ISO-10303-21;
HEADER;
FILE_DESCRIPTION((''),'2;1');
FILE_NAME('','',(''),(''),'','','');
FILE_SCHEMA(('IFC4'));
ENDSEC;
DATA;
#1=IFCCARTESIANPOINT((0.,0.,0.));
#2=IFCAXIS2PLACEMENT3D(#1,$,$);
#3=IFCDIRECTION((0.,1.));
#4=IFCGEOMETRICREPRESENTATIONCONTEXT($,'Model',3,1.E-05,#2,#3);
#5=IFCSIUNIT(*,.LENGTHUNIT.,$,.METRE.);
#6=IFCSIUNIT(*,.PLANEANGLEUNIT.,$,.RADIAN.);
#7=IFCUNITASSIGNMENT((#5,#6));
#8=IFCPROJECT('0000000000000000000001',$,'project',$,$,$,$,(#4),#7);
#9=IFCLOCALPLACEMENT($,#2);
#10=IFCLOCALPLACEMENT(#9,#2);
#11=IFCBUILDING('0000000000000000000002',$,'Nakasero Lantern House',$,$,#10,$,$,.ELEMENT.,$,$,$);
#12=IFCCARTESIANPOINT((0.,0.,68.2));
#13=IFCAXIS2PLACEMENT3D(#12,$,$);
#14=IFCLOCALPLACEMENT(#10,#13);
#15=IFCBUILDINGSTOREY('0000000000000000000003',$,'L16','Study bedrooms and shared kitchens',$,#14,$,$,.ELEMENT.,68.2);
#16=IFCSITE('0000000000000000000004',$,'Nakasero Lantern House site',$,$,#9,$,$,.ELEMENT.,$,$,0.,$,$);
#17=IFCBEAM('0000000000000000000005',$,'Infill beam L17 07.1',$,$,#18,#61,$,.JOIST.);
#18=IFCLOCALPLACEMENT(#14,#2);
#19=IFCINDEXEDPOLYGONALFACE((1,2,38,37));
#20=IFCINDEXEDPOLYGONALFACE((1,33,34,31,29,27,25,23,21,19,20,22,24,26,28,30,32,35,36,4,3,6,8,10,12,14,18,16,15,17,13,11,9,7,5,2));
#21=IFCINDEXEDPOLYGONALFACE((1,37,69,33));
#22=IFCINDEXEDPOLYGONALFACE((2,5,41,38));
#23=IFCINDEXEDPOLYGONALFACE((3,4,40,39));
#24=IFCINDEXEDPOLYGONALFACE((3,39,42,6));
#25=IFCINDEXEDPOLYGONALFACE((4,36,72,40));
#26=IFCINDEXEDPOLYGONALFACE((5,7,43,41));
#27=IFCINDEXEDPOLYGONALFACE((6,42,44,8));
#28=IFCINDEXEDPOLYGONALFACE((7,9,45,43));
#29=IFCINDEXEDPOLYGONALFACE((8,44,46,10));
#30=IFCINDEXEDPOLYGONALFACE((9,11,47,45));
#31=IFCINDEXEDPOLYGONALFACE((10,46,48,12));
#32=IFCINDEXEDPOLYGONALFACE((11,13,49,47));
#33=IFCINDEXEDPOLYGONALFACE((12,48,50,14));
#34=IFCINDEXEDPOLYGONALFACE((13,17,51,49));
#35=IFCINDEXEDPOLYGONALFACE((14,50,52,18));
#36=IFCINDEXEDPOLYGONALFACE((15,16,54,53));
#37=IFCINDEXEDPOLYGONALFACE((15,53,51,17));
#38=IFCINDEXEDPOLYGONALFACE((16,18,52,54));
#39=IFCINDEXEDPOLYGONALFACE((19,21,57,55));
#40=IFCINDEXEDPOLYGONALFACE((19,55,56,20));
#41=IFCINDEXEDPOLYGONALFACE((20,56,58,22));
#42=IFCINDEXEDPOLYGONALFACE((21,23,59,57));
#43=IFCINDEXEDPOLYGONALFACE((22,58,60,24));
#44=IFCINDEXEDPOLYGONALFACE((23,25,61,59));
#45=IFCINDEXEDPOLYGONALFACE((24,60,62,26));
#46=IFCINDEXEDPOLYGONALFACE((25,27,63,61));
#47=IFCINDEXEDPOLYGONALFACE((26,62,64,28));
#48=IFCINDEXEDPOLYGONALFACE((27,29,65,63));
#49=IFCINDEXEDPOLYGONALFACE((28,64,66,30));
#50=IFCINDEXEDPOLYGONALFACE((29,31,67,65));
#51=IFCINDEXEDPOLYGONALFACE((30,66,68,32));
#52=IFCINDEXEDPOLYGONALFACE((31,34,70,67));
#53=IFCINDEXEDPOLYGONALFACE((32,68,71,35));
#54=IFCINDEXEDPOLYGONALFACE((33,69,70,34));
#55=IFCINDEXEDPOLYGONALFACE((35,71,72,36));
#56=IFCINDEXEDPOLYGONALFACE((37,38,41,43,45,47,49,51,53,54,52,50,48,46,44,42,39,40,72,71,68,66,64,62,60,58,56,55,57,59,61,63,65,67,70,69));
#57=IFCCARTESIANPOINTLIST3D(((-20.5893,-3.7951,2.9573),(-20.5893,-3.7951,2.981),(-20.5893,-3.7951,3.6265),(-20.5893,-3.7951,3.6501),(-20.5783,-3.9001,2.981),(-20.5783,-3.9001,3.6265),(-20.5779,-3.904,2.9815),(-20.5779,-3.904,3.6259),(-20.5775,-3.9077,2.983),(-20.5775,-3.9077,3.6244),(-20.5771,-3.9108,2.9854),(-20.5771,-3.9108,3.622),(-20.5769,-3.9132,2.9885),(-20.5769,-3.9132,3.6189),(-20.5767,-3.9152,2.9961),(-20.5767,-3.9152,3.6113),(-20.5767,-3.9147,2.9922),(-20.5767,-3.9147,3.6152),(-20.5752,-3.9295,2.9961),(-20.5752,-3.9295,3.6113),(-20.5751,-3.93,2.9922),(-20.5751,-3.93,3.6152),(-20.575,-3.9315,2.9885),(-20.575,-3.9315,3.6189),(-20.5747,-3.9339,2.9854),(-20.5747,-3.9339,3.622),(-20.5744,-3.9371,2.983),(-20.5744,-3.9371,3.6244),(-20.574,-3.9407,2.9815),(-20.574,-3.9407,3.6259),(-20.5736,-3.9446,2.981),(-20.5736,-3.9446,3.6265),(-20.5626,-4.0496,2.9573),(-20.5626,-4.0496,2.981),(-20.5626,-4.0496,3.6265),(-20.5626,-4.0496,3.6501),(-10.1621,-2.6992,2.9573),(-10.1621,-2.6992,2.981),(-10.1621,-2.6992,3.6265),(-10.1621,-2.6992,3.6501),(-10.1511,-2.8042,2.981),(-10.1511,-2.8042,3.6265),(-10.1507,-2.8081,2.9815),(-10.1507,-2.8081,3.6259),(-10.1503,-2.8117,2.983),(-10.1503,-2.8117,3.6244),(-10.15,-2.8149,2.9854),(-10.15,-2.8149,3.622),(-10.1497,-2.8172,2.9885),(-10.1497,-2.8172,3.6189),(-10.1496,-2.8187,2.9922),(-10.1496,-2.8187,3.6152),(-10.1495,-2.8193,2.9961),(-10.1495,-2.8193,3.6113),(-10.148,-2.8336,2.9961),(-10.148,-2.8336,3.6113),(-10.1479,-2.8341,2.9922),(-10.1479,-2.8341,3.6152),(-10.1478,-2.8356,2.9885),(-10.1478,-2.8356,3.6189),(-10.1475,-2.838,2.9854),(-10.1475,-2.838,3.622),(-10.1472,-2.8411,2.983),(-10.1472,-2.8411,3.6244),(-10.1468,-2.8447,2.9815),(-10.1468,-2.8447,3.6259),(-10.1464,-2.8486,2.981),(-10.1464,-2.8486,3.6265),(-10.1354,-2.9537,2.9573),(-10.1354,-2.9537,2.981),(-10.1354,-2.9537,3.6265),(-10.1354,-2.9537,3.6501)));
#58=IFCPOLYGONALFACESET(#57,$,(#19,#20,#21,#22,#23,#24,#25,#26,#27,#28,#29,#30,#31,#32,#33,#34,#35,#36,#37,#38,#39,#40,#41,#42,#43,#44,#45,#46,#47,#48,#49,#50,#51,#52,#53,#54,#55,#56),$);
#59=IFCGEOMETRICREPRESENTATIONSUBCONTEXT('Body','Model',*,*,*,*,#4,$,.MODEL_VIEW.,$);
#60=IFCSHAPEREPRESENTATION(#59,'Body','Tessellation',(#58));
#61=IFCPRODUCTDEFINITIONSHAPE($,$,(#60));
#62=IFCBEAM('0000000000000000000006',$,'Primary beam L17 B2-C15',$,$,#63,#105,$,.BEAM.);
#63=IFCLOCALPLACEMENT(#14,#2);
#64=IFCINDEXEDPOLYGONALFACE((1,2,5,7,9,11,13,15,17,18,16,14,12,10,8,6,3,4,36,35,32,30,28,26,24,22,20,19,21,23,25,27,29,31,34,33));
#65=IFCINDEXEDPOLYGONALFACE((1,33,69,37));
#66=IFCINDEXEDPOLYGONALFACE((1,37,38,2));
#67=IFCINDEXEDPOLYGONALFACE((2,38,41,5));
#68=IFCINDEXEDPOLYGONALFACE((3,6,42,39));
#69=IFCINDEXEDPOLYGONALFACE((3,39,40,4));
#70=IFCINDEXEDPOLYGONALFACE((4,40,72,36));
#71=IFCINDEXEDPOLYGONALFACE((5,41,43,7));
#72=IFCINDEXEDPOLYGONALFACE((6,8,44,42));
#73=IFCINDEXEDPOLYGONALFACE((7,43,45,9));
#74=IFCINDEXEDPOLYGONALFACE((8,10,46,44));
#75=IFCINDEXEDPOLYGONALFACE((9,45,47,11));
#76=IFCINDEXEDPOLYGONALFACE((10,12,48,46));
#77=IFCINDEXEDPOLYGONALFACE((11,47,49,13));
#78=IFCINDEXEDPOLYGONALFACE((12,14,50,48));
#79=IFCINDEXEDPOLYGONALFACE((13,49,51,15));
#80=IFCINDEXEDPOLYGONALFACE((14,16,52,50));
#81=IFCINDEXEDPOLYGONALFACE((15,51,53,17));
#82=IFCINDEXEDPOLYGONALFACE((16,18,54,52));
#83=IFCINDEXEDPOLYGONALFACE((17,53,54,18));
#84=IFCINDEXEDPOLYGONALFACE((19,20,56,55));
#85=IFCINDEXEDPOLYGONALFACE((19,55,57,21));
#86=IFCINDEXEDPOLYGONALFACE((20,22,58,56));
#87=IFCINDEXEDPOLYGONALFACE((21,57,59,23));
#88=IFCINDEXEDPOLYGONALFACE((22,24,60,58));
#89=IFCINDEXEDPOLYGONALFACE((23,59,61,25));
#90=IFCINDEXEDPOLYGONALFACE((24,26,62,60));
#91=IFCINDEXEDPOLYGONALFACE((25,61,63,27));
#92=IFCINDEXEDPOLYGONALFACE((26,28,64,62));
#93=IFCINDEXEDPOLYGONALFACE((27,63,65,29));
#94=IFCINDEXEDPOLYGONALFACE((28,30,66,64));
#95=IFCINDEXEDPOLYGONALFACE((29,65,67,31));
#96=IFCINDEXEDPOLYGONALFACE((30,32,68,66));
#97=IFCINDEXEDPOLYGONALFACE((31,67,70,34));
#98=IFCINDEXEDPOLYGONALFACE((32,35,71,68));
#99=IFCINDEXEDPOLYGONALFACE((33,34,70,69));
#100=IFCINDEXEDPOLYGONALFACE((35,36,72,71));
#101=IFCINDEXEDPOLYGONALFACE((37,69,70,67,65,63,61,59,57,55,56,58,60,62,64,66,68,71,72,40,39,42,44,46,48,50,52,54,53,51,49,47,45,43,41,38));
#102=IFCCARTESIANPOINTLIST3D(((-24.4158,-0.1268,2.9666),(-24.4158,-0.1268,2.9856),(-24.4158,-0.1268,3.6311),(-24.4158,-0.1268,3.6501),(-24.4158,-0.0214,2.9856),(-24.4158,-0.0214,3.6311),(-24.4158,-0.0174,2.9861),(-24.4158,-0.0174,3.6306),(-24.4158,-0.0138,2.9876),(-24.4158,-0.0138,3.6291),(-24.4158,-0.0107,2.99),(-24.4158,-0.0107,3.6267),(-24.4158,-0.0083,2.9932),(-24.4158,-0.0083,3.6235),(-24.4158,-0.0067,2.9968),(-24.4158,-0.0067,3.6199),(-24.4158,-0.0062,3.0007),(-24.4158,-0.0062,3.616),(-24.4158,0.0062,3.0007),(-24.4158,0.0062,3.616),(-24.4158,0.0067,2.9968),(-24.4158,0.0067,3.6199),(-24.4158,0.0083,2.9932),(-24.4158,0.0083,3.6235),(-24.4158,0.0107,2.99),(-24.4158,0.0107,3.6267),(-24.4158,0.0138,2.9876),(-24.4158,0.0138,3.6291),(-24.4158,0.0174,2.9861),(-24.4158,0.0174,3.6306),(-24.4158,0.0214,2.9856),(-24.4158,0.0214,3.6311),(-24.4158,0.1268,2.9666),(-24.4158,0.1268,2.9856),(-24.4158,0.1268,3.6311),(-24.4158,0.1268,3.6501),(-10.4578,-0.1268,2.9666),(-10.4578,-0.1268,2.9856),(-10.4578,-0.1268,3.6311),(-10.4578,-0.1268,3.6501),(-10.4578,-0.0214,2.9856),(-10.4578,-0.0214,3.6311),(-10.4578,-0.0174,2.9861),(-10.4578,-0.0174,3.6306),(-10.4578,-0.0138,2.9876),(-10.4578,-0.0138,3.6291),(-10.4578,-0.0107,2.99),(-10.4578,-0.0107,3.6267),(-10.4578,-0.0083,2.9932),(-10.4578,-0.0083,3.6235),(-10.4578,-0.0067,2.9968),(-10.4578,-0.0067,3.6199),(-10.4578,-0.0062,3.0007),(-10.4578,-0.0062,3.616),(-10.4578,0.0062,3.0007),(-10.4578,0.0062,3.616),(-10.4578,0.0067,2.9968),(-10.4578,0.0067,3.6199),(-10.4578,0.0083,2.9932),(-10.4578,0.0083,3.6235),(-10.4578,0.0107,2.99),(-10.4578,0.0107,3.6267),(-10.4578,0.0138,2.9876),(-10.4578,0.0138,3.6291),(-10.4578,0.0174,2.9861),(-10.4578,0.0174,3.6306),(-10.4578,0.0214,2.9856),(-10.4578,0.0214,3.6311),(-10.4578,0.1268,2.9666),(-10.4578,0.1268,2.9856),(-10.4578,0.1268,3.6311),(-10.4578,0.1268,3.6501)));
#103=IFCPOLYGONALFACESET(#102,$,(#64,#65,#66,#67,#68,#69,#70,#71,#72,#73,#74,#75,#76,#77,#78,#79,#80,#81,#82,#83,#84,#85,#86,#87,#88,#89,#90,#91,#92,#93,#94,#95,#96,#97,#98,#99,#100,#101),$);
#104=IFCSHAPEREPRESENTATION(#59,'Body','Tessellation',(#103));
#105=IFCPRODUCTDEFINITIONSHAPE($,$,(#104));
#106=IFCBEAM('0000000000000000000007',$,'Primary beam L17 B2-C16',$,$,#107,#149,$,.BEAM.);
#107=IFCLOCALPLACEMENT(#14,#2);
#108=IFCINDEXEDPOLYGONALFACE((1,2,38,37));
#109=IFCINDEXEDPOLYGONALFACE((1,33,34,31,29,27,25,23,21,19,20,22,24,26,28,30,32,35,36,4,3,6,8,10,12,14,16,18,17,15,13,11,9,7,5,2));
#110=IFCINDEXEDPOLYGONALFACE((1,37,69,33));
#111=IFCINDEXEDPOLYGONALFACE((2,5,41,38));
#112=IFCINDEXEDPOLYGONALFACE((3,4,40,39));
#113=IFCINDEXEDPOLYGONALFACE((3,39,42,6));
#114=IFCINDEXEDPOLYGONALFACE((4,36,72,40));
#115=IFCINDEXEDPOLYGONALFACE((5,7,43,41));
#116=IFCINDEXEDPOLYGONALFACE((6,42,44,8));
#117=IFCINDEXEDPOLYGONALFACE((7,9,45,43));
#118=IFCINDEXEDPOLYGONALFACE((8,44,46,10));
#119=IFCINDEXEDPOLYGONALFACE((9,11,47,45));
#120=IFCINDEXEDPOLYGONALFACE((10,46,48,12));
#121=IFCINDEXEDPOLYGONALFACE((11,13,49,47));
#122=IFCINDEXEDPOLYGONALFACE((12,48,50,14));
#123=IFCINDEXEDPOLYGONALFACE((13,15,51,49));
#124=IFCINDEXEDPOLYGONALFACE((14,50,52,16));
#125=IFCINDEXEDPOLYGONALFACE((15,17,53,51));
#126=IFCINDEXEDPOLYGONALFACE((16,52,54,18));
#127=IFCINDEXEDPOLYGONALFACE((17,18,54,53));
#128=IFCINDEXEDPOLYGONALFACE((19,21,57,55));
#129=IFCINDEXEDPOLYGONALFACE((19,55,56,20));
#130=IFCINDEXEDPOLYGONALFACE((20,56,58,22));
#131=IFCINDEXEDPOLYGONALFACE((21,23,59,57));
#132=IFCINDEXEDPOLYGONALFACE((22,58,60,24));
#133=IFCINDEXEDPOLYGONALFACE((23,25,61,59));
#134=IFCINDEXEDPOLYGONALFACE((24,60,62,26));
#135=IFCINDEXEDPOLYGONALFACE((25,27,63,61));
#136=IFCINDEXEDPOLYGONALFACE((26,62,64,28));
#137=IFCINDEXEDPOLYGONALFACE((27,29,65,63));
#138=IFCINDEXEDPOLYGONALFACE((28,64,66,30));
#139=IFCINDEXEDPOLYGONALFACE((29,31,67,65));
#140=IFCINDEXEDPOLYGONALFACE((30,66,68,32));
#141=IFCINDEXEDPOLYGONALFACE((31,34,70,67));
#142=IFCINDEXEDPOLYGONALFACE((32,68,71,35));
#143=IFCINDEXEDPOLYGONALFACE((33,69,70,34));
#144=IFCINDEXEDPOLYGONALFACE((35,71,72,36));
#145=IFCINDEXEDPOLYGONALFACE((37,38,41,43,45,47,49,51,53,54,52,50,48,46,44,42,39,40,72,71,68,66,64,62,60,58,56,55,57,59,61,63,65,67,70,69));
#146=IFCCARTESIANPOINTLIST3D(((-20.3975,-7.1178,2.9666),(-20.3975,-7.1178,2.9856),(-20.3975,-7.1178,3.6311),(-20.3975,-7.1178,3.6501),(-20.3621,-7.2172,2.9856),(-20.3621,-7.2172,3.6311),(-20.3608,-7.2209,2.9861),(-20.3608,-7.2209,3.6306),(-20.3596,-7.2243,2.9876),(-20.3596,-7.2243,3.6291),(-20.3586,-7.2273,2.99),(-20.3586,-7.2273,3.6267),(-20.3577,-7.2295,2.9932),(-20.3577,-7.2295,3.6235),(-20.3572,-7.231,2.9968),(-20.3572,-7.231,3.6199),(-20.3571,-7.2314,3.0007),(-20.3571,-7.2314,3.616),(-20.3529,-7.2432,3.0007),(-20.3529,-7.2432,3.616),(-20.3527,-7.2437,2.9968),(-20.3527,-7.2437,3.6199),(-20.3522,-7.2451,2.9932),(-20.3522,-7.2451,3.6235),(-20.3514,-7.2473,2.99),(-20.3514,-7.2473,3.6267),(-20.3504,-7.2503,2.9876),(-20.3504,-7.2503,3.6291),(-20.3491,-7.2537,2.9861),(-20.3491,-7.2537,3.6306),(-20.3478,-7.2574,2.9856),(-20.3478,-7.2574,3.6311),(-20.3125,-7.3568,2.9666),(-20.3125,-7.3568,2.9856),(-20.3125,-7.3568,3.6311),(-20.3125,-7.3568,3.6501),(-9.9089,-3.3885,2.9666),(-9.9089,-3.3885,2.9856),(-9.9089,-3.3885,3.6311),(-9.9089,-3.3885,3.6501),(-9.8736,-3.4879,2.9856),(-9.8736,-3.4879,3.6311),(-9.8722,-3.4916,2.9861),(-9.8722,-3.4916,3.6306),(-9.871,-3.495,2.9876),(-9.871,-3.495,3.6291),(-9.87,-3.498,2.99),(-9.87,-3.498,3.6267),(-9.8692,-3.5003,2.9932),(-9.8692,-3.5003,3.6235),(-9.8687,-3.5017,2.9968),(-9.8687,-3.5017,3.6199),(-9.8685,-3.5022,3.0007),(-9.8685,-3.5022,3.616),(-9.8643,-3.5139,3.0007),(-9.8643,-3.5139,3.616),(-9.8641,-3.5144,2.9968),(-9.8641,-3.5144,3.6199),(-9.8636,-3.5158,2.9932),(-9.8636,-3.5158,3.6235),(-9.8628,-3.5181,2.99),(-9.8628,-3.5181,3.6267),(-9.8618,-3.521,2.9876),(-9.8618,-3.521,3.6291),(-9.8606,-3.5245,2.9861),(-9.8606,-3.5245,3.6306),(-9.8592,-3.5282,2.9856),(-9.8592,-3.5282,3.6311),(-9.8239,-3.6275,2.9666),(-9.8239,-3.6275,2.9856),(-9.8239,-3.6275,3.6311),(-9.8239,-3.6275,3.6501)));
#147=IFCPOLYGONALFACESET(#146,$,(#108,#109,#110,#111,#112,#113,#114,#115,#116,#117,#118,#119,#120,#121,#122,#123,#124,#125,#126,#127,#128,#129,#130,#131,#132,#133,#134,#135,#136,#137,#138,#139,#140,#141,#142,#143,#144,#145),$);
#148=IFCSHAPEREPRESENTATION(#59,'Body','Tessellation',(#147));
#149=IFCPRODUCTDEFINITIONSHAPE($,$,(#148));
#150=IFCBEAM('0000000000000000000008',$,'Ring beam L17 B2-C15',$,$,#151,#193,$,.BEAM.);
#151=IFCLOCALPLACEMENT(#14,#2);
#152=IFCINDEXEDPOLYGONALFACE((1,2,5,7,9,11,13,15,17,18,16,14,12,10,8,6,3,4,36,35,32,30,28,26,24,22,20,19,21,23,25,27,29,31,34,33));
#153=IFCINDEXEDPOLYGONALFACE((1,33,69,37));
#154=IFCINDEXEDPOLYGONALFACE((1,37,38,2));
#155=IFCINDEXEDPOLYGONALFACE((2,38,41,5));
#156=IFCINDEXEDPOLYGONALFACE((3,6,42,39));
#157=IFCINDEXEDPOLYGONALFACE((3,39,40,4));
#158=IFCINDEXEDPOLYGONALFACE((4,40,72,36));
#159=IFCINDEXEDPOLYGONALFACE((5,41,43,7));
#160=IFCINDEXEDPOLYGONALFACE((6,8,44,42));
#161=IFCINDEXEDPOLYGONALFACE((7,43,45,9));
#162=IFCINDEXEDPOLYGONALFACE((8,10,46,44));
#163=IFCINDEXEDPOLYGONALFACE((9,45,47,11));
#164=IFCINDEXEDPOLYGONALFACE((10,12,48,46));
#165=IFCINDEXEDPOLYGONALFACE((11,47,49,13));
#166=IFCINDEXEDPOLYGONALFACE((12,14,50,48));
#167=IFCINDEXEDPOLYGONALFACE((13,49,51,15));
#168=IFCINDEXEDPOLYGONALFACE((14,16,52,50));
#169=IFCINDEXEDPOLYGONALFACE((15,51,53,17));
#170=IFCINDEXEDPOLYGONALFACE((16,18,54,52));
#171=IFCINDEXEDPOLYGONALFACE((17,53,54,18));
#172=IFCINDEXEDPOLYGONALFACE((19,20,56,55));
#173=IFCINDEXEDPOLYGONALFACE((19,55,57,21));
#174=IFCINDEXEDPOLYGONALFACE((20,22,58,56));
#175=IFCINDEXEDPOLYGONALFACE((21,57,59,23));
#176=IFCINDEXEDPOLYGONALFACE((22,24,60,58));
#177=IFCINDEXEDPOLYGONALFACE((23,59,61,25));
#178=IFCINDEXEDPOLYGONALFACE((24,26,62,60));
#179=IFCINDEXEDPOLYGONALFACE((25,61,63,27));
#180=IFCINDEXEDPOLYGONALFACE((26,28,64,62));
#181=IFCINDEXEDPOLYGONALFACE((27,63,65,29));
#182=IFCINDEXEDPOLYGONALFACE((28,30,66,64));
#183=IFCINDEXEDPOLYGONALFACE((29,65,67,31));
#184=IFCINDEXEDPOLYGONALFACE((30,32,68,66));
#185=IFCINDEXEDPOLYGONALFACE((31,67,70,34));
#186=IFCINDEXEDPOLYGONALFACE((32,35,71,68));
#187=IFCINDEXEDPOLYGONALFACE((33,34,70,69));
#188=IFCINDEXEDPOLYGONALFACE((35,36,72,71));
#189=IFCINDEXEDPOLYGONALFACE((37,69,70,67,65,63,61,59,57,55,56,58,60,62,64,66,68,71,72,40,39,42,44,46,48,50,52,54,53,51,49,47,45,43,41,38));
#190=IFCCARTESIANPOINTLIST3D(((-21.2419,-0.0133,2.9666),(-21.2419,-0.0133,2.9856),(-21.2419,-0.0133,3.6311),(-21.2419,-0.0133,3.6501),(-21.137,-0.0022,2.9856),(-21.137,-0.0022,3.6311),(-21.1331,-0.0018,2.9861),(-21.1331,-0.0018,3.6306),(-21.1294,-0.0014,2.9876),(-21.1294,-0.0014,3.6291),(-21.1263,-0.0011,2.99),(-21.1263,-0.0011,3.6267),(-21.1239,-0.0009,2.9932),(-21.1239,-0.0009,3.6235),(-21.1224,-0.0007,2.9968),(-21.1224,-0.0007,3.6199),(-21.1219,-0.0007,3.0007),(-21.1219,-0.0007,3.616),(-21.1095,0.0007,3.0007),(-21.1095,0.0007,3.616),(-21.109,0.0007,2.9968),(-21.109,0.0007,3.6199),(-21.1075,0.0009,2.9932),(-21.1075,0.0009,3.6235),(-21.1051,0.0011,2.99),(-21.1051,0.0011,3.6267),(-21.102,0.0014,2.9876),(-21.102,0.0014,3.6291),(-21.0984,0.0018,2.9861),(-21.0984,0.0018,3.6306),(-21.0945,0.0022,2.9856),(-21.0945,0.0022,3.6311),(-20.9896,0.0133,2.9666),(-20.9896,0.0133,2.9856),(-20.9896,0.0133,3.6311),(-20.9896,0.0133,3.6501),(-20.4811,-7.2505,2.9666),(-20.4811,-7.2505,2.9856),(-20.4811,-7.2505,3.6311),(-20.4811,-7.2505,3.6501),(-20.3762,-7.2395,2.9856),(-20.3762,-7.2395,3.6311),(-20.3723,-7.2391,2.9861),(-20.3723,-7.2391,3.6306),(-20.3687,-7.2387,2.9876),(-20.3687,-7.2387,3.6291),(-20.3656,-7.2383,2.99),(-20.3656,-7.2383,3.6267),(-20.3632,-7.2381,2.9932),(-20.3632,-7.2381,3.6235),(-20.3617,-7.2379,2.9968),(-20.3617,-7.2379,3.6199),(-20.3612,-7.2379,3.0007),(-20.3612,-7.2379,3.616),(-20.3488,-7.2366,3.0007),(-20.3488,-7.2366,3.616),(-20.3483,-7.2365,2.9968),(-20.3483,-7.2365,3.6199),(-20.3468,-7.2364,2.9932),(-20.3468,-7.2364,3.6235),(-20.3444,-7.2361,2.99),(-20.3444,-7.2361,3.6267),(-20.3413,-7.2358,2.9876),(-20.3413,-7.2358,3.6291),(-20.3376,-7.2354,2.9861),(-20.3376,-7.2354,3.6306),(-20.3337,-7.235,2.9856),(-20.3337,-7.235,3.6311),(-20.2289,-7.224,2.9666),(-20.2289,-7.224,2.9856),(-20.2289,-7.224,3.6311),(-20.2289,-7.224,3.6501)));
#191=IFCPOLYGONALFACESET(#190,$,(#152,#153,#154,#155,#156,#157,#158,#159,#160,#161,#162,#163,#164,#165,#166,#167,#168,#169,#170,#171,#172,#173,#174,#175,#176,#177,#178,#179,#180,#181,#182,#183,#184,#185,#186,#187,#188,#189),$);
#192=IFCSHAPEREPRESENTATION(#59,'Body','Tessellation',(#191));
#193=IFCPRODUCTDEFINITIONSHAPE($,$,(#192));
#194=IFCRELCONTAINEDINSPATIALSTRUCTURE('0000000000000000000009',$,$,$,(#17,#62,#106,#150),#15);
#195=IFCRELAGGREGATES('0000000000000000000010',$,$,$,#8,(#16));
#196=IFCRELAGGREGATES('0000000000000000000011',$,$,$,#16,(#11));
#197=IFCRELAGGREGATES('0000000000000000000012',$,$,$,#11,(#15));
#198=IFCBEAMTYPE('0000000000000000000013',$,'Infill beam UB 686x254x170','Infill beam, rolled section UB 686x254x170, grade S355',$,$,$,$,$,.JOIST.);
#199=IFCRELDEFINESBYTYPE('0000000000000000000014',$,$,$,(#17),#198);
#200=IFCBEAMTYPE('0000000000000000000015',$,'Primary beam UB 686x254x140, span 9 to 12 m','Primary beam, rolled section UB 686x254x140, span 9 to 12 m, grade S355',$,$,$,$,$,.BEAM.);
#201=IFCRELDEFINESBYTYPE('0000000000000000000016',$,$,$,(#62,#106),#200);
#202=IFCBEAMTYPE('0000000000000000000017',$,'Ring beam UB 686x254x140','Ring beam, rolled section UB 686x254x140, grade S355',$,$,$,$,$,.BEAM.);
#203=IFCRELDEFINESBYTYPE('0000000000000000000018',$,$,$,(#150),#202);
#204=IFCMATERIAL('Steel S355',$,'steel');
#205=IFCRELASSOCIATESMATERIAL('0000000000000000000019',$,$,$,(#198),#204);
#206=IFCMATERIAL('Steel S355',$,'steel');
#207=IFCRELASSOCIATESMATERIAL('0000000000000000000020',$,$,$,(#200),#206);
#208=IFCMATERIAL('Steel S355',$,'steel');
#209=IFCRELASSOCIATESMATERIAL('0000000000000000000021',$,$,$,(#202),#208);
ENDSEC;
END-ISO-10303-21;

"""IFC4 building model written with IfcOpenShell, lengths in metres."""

from ifc_helpers import new_model, si_unit, direction, frame, origin, origin_2d, place, context, subcontext, project, spatial, i_section, extrude, material, material_profile, profile_set, type_object, element, save


model = new_model("IFC4")

# Units and contexts
model_context = context("Model", 3, precision=1e-05, world=origin(), true_north=direction((0.0, 1.0)))
body_context = subcontext(model_context, "Body", "Model", "MODEL_VIEW")
ifc_project = project(units=[si_unit("LENGTHUNIT", "METRE"), si_unit("PLANEANGLEUNIT", "RADIAN")], contexts=[model_context])

# Site, building, storey
site_placement = place(None, origin())
site = spatial("IfcSite", under=ifc_project, at=site_placement, Name="Nakasero Lantern House site", CompositionType="ELEMENT", RefElevation=0.0)
building_placement = place(site_placement, origin())
building = spatial("IfcBuilding", under=site, at=building_placement, Name="Nakasero Lantern House", CompositionType="ELEMENT")
storey_placement = place(building_placement, frame((0.0, 0.0, 68.2)))
storey = spatial("IfcBuildingStorey", under=building, at=storey_placement, Name="L16", Description="Study bedrooms and shared kitchens", CompositionType="ELEMENT", Elevation=68.2)

# Beams
ifc_material_1 = material(Name="Steel S355", Category="steel")
ifc_material_profile_1 = material_profile(ifc_material_1, i_section(OverallWidth=0.2559, OverallDepth=0.6929, WebThickness=0.0144, FlangeThickness=0.0237, FilletRadius=0.0151, at=origin_2d()), Name="UB 686x254x170")
ifc_profile_set_1 = profile_set([ifc_material_profile_1], Name="Steel S355")
beam_type_1 = type_object("IfcBeamType", Name="Infill beam UB 686x254x170", Description="Infill beam, rolled section UB 686x254x170, grade S355", PredefinedType="JOIST", material=ifc_profile_set_1)
beam_1_placement = place(storey_placement, frame((-20.5759, -3.9224, 3.3037), z_axis=(0.994522, 0.104528, 0.0), x_axis=(-0.104528, 0.994522, 0.0)))
element("IfcBeam", 1, at=beam_1_placement, inside=storey, type_object=beam_type_1, Name="Infill beam L17 07.1", PredefinedType="JOIST", context=body_context, shape_type="SweptSolid", body=[
    extrude(i_section(OverallWidth=0.2559, OverallDepth=0.6929, WebThickness=0.0144, FlangeThickness=0.0237, FilletRadius=0.0151, at=origin_2d()), origin(), (0.0, 0.0, 1.0), 10.4846),
])
ifc_material_2 = material(Name="Steel S355", Category="steel")
ifc_material_profile_2 = material_profile(ifc_material_2, i_section(OverallWidth=0.2537, OverallDepth=0.6836, WebThickness=0.0125, FlangeThickness=0.019, FilletRadius=0.0151, at=origin_2d()), Name="UB 686x254x140")
ifc_profile_set_2 = profile_set([ifc_material_profile_2], Name="Steel S355")
beam_type_2 = type_object("IfcBeamType", Name="Primary beam UB 686x254x140, span 9 to 12 m", Description="Primary beam, rolled section UB 686x254x140, span 9 to 12 m, grade S355", PredefinedType="BEAM", material=ifc_profile_set_2)
beam_2_placement = place(storey_placement, frame((-24.4158, 0.0, 3.3083), z_axis=(1.0, 0.0, 0.0), x_axis=(0.0, 1.0, 0.0)))
element("IfcBeam", 2, at=beam_2_placement, inside=storey, type_object=beam_type_2, Name="Primary beam L17 B2-C15", PredefinedType="BEAM", context=body_context, shape_type="SweptSolid", body=[
    extrude(i_section(OverallWidth=0.2537, OverallDepth=0.6836, WebThickness=0.0125, FlangeThickness=0.019, FilletRadius=0.0151, at=origin_2d()), origin(), (0.0, 0.0, 1.0), 13.958),
])
beam_3_placement = place(storey_placement, frame((-20.355, -7.2373, 3.3083), z_axis=(0.942215, 0.335009, 0.0), x_axis=(-0.335009, 0.942215, 0.0)))
element("IfcBeam", 3, at=beam_3_placement, inside=storey, type_object=beam_type_2, Name="Primary beam L17 B2-C16", PredefinedType="BEAM", context=body_context, shape_type="SweptSolid", body=[
    extrude(i_section(OverallWidth=0.2537, OverallDepth=0.6836, WebThickness=0.0125, FlangeThickness=0.019, FilletRadius=0.0151, at=origin_2d()), origin(), (0.0, 0.0, 1.0), 11.1318),
])
ifc_material_3 = material(Name="Steel S355", Category="steel")
ifc_material_profile_3 = material_profile(ifc_material_3, i_section(OverallWidth=0.2537, OverallDepth=0.6836, WebThickness=0.0125, FlangeThickness=0.019, FilletRadius=0.0151, at=origin_2d()), Name="UB 686x254x140")
ifc_profile_set_3 = profile_set([ifc_material_profile_3], Name="Steel S355")
beam_type_3 = type_object("IfcBeamType", Name="Ring beam UB 686x254x140", Description="Ring beam, rolled section UB 686x254x140, grade S355", PredefinedType="BEAM", material=ifc_profile_set_3)
beam_4_placement = place(storey_placement, frame((-21.1157, 0.0, 3.3083), z_axis=(0.104538, -0.994521, 0.0), x_axis=(0.994521, 0.104538, 0.0)))
element("IfcBeam", 4, at=beam_4_placement, inside=storey, type_object=beam_type_3, Name="Ring beam L17 B2-C15", PredefinedType="BEAM", context=body_context, shape_type="SweptSolid", body=[
    extrude(i_section(OverallWidth=0.2537, OverallDepth=0.6836, WebThickness=0.0125, FlangeThickness=0.019, FilletRadius=0.0151, at=origin_2d()), origin(), (0.0, 0.0, 1.0), 7.2771),
])

save(model, "model.ifc")
